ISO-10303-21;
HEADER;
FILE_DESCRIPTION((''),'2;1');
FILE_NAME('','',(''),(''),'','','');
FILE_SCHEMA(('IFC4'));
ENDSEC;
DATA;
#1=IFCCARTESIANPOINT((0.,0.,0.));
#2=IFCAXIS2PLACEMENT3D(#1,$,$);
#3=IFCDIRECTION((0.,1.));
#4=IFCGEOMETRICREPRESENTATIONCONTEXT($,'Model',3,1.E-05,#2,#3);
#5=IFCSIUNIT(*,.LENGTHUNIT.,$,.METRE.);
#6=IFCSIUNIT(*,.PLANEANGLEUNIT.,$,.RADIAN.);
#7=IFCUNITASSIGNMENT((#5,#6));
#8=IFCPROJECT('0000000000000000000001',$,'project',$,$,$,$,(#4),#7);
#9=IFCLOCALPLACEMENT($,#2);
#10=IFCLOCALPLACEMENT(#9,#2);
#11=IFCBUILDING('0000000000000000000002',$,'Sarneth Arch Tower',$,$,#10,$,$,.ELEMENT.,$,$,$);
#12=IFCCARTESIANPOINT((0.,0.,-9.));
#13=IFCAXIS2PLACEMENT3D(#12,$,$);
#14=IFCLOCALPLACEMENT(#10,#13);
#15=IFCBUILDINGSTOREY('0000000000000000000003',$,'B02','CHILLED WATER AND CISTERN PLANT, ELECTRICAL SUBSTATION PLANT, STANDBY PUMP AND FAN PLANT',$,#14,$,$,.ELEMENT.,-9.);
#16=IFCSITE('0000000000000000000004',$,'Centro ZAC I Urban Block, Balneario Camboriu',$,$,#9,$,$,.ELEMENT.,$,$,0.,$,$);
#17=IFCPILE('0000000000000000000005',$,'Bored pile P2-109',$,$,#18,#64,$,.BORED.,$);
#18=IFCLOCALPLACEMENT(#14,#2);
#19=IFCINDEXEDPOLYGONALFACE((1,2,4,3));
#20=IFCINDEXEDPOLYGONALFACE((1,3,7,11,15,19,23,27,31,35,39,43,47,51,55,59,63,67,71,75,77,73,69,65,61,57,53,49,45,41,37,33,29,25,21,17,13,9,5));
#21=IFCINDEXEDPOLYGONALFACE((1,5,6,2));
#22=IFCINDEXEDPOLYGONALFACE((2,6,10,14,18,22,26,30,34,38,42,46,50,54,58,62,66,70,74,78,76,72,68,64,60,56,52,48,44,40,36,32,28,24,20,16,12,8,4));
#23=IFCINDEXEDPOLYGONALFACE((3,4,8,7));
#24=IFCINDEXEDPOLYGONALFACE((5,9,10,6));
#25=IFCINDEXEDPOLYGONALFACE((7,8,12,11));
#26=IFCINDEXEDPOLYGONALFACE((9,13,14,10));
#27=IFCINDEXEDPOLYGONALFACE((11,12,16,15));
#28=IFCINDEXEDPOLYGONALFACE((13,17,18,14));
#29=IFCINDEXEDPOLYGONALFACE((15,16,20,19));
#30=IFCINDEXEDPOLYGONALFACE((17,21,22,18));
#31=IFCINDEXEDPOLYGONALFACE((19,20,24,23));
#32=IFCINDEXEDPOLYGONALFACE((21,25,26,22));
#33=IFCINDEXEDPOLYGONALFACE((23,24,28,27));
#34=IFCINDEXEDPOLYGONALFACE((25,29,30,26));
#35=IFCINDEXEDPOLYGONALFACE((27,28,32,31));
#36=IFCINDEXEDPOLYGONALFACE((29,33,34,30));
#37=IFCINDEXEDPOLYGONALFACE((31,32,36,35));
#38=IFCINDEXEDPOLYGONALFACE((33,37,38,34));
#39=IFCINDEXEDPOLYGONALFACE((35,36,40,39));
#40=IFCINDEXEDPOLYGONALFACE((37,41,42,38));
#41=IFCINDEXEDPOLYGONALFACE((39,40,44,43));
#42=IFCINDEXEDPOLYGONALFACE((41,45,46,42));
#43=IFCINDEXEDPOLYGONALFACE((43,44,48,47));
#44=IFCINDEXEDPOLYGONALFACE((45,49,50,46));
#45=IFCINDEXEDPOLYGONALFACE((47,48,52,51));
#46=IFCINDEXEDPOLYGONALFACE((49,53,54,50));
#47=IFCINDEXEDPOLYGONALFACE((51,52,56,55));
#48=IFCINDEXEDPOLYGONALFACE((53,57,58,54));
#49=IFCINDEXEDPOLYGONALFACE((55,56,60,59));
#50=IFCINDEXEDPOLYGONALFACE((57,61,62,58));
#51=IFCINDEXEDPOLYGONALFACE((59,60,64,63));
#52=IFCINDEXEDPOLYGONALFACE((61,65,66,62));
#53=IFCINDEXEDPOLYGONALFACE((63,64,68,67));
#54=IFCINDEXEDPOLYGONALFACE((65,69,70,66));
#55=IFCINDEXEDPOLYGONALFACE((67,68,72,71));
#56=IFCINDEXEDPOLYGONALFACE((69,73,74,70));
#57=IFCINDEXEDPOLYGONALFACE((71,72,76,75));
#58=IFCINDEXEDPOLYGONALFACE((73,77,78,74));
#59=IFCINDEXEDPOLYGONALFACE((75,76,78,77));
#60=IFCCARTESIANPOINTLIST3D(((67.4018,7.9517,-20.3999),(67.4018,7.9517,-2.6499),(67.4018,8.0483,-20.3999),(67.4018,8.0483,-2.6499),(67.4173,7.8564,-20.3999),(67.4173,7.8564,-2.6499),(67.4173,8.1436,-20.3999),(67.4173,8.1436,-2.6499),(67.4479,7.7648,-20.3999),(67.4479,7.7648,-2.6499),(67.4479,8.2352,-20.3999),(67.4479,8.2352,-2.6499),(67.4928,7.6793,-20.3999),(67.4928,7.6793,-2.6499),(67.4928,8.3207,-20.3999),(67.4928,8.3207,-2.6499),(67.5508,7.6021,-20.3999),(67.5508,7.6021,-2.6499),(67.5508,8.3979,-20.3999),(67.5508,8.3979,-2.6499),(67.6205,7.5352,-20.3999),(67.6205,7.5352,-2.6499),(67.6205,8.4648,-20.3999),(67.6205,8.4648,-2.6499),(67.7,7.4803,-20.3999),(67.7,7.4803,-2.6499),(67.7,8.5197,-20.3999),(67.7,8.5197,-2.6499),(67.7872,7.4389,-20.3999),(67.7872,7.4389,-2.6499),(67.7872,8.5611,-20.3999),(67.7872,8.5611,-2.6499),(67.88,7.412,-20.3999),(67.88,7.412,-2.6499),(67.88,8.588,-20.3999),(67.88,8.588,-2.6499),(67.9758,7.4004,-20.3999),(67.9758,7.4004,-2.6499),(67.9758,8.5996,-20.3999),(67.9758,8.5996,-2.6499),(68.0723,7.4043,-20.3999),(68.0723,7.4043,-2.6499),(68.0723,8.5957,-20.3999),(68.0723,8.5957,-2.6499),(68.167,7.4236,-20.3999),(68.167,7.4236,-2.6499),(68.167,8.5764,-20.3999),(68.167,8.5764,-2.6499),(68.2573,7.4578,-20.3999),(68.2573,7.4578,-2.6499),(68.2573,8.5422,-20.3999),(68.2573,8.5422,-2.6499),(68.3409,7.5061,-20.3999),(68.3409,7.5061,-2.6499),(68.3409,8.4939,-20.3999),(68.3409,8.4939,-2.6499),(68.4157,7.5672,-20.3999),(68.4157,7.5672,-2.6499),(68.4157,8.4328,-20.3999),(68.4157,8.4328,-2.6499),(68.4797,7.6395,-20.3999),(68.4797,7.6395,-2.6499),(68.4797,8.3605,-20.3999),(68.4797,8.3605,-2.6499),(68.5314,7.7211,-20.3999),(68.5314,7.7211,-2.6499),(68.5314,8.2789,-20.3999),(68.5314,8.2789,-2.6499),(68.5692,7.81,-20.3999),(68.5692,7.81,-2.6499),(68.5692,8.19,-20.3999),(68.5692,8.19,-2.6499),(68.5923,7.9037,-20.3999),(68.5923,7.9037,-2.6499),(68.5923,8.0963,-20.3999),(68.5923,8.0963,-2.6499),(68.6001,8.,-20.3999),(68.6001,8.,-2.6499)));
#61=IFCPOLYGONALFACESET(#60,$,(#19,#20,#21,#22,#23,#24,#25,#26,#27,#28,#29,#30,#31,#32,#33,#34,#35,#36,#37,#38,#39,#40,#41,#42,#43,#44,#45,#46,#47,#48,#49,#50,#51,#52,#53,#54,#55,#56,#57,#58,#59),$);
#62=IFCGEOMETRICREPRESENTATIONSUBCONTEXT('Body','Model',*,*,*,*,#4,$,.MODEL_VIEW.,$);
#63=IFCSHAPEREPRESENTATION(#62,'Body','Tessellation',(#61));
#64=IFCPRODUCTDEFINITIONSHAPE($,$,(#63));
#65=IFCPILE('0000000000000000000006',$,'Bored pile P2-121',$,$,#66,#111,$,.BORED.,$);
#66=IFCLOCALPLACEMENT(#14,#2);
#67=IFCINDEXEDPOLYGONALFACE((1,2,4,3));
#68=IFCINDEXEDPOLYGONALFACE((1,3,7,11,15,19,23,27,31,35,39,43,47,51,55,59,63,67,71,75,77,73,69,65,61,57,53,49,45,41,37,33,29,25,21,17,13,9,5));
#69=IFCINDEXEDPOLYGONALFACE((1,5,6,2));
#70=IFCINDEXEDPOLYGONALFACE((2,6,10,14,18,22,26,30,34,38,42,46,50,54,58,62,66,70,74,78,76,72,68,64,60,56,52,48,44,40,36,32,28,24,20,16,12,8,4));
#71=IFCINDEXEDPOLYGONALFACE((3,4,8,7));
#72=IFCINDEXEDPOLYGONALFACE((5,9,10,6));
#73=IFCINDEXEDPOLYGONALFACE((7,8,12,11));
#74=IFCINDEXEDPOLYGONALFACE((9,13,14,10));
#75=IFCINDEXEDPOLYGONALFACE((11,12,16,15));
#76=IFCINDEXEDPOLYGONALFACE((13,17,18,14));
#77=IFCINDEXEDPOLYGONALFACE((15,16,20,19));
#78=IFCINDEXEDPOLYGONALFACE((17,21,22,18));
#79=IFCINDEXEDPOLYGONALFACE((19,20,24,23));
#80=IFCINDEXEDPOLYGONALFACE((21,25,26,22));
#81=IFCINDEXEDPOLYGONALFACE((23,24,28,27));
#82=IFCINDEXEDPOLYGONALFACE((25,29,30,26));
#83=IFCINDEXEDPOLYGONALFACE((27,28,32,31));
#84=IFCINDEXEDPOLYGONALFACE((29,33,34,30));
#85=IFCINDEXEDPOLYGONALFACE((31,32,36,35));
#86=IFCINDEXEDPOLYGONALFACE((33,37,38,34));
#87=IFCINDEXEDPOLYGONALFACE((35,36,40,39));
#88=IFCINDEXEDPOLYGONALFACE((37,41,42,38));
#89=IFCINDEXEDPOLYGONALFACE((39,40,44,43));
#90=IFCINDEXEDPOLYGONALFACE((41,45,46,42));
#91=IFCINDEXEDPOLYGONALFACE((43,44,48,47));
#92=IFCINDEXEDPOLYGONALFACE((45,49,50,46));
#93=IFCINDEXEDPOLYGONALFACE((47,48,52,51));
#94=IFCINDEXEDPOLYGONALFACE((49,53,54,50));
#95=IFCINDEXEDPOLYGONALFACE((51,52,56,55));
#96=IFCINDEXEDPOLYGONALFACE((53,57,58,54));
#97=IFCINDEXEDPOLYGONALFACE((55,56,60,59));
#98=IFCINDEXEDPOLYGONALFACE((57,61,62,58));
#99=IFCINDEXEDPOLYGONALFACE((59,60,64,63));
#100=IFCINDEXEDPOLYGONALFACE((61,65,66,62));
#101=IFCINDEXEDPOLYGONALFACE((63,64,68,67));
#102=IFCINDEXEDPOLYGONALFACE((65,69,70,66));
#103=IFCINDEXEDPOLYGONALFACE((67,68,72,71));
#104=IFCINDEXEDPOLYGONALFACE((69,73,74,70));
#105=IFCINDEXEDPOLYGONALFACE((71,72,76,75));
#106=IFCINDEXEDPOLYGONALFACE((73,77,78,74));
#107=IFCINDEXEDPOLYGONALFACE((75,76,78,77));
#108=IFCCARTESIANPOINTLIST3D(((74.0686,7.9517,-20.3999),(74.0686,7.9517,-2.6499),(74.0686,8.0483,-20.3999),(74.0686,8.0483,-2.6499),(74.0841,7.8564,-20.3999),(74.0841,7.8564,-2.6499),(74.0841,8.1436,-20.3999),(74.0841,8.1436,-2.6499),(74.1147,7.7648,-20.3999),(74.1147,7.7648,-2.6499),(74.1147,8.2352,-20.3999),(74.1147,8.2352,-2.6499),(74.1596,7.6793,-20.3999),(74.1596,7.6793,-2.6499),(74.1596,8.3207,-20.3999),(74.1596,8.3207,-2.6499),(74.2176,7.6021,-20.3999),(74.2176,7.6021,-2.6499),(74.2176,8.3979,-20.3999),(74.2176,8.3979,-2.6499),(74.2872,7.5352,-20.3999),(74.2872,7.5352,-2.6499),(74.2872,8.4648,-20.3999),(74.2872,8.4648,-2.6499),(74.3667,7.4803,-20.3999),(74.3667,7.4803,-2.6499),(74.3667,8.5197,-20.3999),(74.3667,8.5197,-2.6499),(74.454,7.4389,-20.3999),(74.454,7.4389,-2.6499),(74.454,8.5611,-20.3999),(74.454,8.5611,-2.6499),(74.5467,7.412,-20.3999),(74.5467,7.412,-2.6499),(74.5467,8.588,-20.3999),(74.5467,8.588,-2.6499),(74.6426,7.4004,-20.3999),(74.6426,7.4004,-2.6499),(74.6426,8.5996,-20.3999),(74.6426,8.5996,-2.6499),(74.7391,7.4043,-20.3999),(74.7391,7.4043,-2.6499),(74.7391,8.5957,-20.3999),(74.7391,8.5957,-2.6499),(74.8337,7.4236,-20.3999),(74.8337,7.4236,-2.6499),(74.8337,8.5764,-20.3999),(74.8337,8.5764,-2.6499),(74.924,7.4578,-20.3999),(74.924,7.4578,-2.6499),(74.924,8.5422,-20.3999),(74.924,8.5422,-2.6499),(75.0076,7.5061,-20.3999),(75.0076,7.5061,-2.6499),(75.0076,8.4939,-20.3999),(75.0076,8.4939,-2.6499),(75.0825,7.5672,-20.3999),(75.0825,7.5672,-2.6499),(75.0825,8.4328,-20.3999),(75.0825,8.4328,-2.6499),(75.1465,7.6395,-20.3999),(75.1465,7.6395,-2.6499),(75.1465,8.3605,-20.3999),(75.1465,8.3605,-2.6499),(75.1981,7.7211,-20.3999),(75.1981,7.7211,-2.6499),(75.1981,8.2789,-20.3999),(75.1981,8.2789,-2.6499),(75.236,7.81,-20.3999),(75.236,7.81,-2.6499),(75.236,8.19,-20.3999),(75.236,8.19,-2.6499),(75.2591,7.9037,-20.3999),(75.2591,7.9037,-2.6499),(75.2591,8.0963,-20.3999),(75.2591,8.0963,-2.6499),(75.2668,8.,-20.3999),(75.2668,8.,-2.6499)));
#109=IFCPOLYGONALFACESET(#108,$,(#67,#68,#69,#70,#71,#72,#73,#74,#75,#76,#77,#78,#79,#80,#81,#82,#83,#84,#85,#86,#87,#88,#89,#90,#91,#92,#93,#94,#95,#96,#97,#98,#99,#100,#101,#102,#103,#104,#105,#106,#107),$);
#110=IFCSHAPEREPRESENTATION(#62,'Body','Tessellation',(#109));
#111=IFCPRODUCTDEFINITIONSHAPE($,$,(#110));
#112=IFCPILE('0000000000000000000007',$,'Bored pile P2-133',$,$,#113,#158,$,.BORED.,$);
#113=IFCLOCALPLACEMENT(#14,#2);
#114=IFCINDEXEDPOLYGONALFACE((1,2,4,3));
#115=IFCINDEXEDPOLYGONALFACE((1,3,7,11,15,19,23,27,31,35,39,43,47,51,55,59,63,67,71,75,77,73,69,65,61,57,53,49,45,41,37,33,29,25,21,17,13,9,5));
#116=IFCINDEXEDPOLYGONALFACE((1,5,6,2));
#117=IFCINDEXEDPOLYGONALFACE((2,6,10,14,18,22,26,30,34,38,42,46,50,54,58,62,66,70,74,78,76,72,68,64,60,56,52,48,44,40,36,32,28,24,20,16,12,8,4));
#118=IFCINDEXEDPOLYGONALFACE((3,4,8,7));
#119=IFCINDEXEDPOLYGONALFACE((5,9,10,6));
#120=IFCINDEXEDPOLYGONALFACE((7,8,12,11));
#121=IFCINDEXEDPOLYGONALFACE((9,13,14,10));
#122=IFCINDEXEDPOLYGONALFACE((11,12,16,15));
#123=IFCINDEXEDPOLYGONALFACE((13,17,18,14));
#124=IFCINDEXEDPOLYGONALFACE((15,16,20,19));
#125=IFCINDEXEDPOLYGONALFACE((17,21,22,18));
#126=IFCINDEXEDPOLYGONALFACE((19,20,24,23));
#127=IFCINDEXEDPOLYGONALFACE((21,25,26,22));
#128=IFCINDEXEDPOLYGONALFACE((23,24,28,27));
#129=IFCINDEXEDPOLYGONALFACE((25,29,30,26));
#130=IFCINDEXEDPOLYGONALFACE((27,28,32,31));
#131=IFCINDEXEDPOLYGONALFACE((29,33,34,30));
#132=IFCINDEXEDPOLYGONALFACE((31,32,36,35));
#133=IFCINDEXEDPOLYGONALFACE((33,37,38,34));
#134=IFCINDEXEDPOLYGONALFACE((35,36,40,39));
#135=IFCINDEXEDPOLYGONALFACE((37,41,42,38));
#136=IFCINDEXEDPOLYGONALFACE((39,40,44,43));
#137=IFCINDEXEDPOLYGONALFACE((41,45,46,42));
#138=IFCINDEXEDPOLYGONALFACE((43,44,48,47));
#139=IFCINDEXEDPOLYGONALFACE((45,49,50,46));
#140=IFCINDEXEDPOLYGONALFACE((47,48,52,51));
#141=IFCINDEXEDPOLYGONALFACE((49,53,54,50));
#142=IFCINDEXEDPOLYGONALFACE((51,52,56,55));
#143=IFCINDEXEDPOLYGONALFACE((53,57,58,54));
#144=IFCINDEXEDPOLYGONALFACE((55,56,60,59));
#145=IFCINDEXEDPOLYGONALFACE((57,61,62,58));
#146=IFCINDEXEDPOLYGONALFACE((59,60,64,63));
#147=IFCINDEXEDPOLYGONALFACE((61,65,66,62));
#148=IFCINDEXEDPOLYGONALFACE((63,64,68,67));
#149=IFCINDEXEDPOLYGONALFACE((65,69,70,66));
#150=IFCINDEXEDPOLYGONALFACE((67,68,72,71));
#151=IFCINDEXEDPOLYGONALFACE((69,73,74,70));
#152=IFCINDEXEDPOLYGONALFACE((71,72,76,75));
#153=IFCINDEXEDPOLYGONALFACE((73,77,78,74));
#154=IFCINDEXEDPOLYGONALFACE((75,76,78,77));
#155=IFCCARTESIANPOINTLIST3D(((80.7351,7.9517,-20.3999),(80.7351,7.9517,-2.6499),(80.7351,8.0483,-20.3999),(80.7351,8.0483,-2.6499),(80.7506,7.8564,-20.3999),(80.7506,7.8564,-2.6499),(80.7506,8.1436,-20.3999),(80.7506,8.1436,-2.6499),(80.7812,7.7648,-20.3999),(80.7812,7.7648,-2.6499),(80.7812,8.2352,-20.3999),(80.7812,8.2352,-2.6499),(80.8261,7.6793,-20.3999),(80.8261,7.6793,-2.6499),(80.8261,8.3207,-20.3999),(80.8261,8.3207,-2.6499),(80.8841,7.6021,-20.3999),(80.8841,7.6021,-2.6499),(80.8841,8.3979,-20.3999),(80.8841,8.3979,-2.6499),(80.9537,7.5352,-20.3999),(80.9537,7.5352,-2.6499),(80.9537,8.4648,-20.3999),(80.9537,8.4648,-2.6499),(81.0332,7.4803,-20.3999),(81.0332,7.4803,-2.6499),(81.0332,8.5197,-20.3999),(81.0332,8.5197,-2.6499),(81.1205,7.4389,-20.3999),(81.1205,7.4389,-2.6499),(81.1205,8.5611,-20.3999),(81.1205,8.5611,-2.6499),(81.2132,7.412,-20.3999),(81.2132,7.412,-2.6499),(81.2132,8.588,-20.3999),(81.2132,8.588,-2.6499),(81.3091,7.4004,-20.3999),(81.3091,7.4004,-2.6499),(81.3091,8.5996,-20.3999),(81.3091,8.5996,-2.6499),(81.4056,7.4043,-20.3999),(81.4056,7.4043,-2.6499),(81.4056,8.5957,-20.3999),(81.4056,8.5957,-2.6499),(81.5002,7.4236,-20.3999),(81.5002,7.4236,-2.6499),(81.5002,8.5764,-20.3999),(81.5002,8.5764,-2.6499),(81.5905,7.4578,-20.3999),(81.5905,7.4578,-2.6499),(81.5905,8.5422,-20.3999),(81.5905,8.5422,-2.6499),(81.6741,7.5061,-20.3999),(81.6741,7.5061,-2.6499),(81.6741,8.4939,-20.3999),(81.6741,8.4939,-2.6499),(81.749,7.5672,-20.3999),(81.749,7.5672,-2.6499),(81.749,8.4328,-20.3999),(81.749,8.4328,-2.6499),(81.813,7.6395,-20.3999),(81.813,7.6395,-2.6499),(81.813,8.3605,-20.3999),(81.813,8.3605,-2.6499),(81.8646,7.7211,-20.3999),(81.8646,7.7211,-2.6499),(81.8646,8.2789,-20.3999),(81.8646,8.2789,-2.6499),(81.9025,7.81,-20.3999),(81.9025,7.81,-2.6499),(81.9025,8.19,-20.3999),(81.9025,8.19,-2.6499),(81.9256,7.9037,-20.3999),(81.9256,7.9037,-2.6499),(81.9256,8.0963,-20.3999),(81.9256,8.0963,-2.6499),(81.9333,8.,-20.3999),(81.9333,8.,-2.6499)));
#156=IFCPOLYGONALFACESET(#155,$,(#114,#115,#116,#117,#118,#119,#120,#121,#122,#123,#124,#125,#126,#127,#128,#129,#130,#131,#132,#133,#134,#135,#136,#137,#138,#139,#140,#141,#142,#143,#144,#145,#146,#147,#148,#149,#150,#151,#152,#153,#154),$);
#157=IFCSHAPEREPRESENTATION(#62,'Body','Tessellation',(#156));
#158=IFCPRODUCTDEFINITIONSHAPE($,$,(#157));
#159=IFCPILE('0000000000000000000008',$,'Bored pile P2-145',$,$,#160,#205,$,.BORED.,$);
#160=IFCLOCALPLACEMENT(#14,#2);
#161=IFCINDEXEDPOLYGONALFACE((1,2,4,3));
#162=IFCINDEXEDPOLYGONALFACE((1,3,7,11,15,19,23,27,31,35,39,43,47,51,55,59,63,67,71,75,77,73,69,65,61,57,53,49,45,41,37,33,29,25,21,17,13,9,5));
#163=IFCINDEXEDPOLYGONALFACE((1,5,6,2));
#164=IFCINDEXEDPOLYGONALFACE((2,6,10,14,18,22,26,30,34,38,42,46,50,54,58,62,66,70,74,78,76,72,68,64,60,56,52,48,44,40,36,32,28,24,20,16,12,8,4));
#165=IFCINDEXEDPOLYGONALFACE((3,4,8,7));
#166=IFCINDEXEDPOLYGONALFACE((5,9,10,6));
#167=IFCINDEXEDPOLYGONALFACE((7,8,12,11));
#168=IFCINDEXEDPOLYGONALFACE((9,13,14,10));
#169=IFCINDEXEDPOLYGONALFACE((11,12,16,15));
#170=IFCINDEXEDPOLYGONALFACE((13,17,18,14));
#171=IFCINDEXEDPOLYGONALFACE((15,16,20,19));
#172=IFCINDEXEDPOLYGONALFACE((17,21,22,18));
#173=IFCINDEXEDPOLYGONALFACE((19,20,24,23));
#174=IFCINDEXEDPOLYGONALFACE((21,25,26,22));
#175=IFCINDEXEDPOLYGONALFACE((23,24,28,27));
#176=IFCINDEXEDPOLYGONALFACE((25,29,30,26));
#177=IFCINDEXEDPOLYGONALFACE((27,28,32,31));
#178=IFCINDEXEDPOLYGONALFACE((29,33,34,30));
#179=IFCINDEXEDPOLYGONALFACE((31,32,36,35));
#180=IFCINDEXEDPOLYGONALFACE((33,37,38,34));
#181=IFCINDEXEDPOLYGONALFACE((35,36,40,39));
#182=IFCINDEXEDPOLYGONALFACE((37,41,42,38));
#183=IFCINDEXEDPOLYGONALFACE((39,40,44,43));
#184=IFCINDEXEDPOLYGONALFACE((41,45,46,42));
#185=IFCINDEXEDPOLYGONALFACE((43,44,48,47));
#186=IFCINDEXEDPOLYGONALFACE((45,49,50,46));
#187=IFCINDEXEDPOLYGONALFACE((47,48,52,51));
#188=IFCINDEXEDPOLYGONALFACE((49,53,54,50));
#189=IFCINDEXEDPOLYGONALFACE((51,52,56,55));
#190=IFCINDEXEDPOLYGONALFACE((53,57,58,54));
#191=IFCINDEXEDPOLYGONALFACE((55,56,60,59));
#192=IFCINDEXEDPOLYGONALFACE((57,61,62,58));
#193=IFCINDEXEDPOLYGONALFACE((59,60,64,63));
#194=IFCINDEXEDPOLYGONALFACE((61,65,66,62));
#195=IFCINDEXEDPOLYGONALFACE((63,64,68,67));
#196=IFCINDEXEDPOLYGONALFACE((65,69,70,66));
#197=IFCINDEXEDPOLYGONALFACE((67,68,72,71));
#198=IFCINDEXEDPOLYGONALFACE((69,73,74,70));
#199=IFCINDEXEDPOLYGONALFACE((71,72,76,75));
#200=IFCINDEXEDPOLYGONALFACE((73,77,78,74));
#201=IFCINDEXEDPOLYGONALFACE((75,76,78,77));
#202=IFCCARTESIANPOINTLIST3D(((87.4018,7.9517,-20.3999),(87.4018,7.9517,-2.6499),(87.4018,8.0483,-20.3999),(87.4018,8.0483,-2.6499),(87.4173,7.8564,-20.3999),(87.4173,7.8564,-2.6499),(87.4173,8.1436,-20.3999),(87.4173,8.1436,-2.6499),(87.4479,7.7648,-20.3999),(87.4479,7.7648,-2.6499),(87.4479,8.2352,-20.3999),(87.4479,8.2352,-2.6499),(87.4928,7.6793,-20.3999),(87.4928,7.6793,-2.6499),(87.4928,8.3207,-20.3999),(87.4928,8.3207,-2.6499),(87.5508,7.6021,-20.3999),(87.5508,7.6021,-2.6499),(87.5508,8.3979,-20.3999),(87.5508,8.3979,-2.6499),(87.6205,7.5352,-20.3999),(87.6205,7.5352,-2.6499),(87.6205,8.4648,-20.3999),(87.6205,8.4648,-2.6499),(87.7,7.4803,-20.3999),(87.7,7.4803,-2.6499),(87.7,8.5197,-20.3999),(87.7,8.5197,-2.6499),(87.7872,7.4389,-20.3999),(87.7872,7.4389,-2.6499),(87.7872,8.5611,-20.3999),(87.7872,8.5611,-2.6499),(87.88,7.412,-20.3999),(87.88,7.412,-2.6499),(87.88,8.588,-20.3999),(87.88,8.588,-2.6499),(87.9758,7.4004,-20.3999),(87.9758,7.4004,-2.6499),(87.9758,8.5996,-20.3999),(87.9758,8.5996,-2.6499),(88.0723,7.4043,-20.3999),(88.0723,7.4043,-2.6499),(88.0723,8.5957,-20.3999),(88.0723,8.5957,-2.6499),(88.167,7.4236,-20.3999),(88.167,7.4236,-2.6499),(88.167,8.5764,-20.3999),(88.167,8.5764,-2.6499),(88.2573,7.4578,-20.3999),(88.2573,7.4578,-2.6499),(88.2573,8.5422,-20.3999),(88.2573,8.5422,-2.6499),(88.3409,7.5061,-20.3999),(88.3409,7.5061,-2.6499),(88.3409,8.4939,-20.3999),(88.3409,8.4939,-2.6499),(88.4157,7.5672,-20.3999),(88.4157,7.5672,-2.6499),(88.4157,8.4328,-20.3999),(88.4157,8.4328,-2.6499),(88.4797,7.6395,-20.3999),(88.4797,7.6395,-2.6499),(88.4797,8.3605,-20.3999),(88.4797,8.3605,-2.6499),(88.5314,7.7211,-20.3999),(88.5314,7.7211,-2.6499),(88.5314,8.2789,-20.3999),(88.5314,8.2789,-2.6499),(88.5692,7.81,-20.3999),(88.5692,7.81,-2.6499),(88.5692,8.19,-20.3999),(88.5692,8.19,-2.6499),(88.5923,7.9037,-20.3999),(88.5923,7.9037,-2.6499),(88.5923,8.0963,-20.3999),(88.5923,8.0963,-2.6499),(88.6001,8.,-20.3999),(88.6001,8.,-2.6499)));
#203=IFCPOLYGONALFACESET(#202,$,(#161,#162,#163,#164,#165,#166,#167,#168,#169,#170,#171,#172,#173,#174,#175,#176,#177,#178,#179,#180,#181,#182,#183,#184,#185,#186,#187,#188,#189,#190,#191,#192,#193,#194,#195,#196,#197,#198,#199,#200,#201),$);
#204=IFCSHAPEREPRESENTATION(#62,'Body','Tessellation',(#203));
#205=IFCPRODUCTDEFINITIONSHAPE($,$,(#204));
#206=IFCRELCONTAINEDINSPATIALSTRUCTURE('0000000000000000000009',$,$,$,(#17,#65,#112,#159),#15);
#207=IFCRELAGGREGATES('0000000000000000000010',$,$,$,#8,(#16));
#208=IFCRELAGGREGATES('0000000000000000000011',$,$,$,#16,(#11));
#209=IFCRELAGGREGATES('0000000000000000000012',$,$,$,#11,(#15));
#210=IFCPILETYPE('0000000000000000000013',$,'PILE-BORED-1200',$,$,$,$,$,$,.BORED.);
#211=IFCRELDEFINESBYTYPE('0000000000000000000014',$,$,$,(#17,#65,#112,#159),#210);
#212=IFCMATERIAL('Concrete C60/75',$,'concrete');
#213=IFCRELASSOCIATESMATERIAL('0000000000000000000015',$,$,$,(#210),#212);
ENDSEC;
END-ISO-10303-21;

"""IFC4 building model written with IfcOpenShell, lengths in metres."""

from ifc_helpers import new_model, si_unit, direction, frame, origin, origin_2d, place, context, subcontext, project, spatial, circle, extrude, material, material_profile, profile_set, type_object, element, save


model = new_model("IFC4")

# Units and contexts
model_context = context("Model", 3, precision=1e-05, world=origin(), true_north=direction((0.0, 1.0)))
body_context = subcontext(model_context, "Body", "Model", "MODEL_VIEW")
ifc_project = project(units=[si_unit("LENGTHUNIT", "METRE"), si_unit("PLANEANGLEUNIT", "RADIAN")], contexts=[model_context])

# Site, building, storey
site_placement = place(None, origin())
site = spatial("IfcSite", under=ifc_project, at=site_placement, Name="Centro ZAC I Urban Block, Balneario Camboriu", CompositionType="ELEMENT", RefElevation=0.0)
building_placement = place(site_placement, origin())
building = spatial("IfcBuilding", under=site, at=building_placement, Name="Sarneth Arch Tower", CompositionType="ELEMENT")
storey_placement = place(building_placement, frame((0.0, 0.0, -9.0)))
storey = spatial("IfcBuildingStorey", under=building, at=storey_placement, Name="B02", Description="CHILLED WATER AND CISTERN PLANT, ELECTRICAL SUBSTATION PLANT, STANDBY PUMP AND FAN PLANT", CompositionType="ELEMENT", Elevation=-9.0)

# Piles
ifc_material_1 = material(Name="Concrete C60/75", Category="concrete")
ifc_material_profile_1 = material_profile(ifc_material_1, circle(Radius=0.6001, at=origin_2d()), Name="PILE-D1200")
ifc_profile_set_1 = profile_set([ifc_material_profile_1], Name="Concrete C60/75")
pile_type_1 = type_object("IfcPileType", Name="PILE-BORED-1200", PredefinedType="BORED", material=ifc_profile_set_1)
for number, where, z_axis, x_axis, name in (
    (1, (68.0, 8.0, -2.6499), (0.0, 0.0, -1.0), (1.0, 0.0, 0.0), "Bored pile P2-109"),
    (2, (74.6667, 8.0, -2.6499), (0.0, 0.0, -1.0), (1.0, 0.0, 0.0), "Bored pile P2-121"),
    (3, (81.3333, 8.0, -2.6499), (0.0, 0.0, -1.0), (1.0, 0.0, 0.0), "Bored pile P2-133"),
    (4, (88.0, 8.0, -2.6499), (0.0, 0.0, -1.0), (1.0, 0.0, 0.0), "Bored pile P2-145"),
):
    element("IfcPile", number, at=place(storey_placement, frame(where, z_axis=z_axis, x_axis=x_axis)), inside=storey, type_object=pile_type_1, Name=name, PredefinedType="BORED", context=body_context, shape_type="SweptSolid", body=[
        extrude(circle(Radius=0.6001, at=origin_2d()), origin(), (0.0, 0.0, 1.0), 17.75),
    ])

save(model, "model.ifc")
